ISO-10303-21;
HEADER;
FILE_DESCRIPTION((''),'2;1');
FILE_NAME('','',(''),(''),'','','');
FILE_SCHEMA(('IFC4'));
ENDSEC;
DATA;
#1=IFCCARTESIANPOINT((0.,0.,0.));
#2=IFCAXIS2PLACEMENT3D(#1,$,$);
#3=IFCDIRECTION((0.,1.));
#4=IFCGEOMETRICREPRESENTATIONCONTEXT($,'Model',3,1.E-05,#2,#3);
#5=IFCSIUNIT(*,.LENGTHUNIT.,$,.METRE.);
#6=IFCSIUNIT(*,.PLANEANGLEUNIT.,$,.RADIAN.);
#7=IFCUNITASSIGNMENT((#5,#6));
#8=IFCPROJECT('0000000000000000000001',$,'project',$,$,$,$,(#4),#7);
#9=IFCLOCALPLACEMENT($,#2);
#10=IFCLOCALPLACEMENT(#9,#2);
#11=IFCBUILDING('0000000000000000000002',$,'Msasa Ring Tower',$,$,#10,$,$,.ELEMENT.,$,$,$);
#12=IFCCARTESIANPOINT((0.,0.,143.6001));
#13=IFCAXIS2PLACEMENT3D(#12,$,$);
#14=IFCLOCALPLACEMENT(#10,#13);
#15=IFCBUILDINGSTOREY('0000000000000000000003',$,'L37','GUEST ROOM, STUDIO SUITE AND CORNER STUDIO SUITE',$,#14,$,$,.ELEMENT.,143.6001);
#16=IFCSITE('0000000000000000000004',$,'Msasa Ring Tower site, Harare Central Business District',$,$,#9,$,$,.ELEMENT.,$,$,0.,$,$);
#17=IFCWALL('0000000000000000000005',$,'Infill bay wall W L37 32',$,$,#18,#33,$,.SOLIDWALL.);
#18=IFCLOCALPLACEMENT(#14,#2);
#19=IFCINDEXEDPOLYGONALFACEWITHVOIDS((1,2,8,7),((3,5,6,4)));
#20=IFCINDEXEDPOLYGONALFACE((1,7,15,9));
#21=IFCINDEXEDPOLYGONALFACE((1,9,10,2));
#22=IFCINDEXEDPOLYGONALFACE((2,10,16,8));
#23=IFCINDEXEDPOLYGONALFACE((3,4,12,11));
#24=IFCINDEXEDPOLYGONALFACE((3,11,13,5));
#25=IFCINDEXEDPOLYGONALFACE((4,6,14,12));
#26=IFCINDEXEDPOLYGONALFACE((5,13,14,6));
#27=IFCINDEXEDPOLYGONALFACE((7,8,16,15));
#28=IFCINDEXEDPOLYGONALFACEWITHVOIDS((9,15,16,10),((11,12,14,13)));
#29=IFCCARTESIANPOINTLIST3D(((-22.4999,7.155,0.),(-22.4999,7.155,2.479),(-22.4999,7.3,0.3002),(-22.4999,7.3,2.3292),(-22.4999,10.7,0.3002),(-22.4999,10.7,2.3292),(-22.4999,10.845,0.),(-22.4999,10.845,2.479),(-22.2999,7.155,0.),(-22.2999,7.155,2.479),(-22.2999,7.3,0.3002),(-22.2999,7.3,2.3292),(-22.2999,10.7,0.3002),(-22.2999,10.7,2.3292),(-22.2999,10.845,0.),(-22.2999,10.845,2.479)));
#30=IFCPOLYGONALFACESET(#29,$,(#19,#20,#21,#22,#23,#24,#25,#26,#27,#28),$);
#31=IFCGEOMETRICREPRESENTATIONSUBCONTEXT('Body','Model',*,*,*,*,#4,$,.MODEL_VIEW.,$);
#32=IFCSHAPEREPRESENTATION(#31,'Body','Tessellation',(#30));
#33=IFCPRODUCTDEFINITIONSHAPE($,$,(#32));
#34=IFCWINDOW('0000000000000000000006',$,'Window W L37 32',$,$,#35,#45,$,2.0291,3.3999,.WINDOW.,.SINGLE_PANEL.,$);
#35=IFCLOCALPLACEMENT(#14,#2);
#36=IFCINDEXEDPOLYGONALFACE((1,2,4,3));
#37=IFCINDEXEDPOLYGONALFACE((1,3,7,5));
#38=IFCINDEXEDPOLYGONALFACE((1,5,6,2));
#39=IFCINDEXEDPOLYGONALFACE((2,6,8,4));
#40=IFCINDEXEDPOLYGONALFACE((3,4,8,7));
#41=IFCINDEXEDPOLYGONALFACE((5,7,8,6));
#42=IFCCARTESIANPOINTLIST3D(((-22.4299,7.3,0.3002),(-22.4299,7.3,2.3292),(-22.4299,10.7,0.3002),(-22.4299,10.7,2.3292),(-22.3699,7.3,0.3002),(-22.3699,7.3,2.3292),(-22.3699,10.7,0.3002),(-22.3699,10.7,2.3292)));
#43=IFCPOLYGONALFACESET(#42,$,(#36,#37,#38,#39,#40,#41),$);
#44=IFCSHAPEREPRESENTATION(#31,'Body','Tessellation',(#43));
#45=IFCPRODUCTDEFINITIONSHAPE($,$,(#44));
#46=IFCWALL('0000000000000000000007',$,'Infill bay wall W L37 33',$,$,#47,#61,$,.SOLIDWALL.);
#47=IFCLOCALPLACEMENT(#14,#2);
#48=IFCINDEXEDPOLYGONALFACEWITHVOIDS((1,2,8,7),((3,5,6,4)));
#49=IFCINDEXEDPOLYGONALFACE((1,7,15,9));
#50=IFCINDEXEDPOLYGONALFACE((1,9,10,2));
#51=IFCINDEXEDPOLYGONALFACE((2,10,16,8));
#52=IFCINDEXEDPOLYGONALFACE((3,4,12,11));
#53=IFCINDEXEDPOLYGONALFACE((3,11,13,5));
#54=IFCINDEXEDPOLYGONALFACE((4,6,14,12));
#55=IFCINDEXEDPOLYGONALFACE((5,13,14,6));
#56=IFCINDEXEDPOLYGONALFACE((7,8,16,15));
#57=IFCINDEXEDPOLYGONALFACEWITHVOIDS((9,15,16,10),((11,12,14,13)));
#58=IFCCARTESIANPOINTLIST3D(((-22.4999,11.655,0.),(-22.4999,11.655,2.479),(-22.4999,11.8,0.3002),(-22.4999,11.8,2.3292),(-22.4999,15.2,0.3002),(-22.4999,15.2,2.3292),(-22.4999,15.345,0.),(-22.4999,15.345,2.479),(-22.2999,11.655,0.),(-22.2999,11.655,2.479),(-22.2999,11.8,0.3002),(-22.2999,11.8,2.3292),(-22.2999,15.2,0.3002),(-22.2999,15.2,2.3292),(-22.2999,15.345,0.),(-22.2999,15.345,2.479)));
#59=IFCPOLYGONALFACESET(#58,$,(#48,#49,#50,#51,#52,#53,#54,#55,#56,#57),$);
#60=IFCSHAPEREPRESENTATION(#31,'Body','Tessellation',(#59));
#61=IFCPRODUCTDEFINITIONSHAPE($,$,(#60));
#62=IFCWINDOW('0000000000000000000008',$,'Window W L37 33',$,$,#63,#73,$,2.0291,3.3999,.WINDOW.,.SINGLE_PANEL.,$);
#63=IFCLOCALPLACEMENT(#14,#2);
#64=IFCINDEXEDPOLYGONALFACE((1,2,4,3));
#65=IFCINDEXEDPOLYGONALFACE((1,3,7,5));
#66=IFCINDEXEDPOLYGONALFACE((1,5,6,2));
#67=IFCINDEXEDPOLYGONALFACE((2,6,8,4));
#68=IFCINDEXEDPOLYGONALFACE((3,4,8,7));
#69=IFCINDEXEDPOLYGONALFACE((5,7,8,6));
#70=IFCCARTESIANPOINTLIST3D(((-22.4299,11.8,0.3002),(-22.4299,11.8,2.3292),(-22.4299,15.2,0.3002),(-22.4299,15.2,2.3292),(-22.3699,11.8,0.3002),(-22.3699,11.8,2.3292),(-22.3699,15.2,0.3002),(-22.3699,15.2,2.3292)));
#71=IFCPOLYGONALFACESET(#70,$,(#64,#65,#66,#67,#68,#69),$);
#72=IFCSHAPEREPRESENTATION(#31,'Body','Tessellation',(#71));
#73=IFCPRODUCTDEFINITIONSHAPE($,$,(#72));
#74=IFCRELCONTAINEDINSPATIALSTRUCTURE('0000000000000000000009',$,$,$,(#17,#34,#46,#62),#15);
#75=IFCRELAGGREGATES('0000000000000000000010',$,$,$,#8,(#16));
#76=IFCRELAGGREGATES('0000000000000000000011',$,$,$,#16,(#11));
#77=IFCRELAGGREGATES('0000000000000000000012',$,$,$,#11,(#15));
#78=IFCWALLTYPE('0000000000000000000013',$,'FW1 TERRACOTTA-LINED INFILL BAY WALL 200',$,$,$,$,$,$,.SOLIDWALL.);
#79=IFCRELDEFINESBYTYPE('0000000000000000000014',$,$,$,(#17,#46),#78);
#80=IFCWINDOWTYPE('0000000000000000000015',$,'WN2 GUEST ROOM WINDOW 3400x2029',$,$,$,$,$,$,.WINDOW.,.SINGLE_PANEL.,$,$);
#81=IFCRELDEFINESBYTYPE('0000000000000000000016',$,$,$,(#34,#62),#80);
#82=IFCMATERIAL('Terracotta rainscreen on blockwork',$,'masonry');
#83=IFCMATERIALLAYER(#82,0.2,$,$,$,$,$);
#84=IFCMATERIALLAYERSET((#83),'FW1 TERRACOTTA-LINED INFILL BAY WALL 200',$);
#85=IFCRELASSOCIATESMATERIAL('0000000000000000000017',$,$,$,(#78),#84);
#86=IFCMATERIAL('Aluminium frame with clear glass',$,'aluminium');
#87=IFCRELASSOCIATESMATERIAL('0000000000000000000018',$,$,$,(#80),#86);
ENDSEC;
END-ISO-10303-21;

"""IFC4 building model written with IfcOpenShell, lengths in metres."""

from ifc_helpers import new_model, si_unit, direction, frame, frame_2d, origin, place, context, subcontext, project, spatial, rectangle, extrude, material, layer, layer_set, type_object, element, fill, save


model = new_model("IFC4")

# Units and contexts
model_context = context("Model", 3, precision=1e-05, world=origin(), true_north=direction((0.0, 1.0)))
body_context = subcontext(model_context, "Body", "Model", "MODEL_VIEW")
ifc_project = project(units=[si_unit("LENGTHUNIT", "METRE"), si_unit("PLANEANGLEUNIT", "RADIAN")], contexts=[model_context])

# Site, building, storey
site_placement = place(None, origin())
site = spatial("IfcSite", under=ifc_project, at=site_placement, Name="Msasa Ring Tower site, Harare Central Business District", CompositionType="ELEMENT", RefElevation=0.0)
building_placement = place(site_placement, origin())
building = spatial("IfcBuilding", under=site, at=building_placement, Name="Msasa Ring Tower", CompositionType="ELEMENT")
storey_placement = place(building_placement, frame((0.0, 0.0, 143.6001)))
storey = spatial("IfcBuildingStorey", under=building, at=storey_placement, Name="L37", Description="GUEST ROOM, STUDIO SUITE AND CORNER STUDIO SUITE", CompositionType="ELEMENT", Elevation=143.6001)

# Walls, openings, windows
ifc_material_1 = material(Name="Terracotta rainscreen on blockwork", Category="masonry")
ifc_layer_1 = layer(ifc_material_1, 0.2)
ifc_layer_set_1 = layer_set([ifc_layer_1], Name="FW1 TERRACOTTA-LINED INFILL BAY WALL 200")
wall_type_1 = type_object("IfcWallType", Name="FW1 TERRACOTTA-LINED INFILL BAY WALL 200", PredefinedType="SOLIDWALL", material=ifc_layer_set_1)
wall_1_placement = place(storey_placement, frame((-22.3999, 7.155, 0.0), z_axis=(0.0, 0.0, 1.0), x_axis=(0.0, 1.0, 0.0)))
wall_1 = element("IfcWall", 1, at=wall_1_placement, inside=storey, type_object=wall_type_1, Name="Infill bay wall W L37 32", PredefinedType="SOLIDWALL", context=body_context, shape_type="SweptSolid", body=[
    extrude(rectangle(XDim=3.6899, YDim=0.2, at=frame_2d((1.845, 0.0))), origin(), (0.0, 0.0, 1.0), 2.479),
])
opening_1_placement = place(wall_1_placement, frame((0.145, 0.0, 0.3)))
opening_1 = element("IfcOpeningElement", 2, at=opening_1_placement, cuts=wall_1, PredefinedType="OPENING", context=body_context, shape_type="SweptSolid", body=[
    extrude(rectangle(XDim=3.3999, YDim=2.0291, at=frame_2d((1.7, 1.0146))), frame((0.0, 0.1099, 0.0), z_axis=(0.0, -1.0, 0.0), x_axis=(1.0, 0.0, 0.0)), (0.0, 0.0, 1.0), 0.22),
])
ifc_material_2 = material(Name="Aluminium frame with clear glass", Category="aluminium")
window_type = type_object("IfcWindowType", Name="WN2 GUEST ROOM WINDOW 3400x2029", PartitioningType="SINGLE_PANEL", PredefinedType="WINDOW", material=ifc_material_2)
window_1_placement = place(opening_1_placement, origin())
window_1 = element("IfcWindow", 3, at=window_1_placement, inside=storey, type_object=window_type, Name="Window W L37 32", OverallHeight=2.0291, OverallWidth=3.3999, PartitioningType="SINGLE_PANEL", PredefinedType="WINDOW", context=body_context, shape_type="SweptSolid", body=[
    extrude(rectangle(XDim=3.3999, YDim=2.0291, at=frame_2d((1.7, 1.0146))), frame((0.0, 0.03, 0.0), z_axis=(0.0, -1.0, 0.0), x_axis=(1.0, 0.0, 0.0)), (0.0, 0.0, 1.0), 0.0601),
])
fill(opening_1, window_1)
wall_2_placement = place(storey_placement, frame((-22.3999, 11.655, 0.0), z_axis=(0.0, 0.0, 1.0), x_axis=(0.0, 1.0, 0.0)))
wall_2 = element("IfcWall", 4, at=wall_2_placement, inside=storey, type_object=wall_type_1, Name="Infill bay wall W L37 33", PredefinedType="SOLIDWALL", context=body_context, shape_type="SweptSolid", body=[
    extrude(rectangle(XDim=3.6899, YDim=0.2, at=frame_2d((1.845, 0.0))), origin(), (0.0, 0.0, 1.0), 2.479),
])
opening_2_placement = place(wall_2_placement, frame((0.145, 0.0, 0.3)))
opening_2 = element("IfcOpeningElement", 5, at=opening_2_placement, cuts=wall_2, PredefinedType="OPENING", context=body_context, shape_type="SweptSolid", body=[
    extrude(rectangle(XDim=3.3999, YDim=2.0291, at=frame_2d((1.7, 1.0146))), frame((0.0, 0.1099, 0.0), z_axis=(0.0, -1.0, 0.0), x_axis=(1.0, 0.0, 0.0)), (0.0, 0.0, 1.0), 0.22),
])
window_2_placement = place(opening_2_placement, origin())
window_2 = element("IfcWindow", 6, at=window_2_placement, inside=storey, type_object=window_type, Name="Window W L37 33", OverallHeight=2.0291, OverallWidth=3.3999, PartitioningType="SINGLE_PANEL", PredefinedType="WINDOW", context=body_context, shape_type="SweptSolid", body=[
    extrude(rectangle(XDim=3.3999, YDim=2.0291, at=frame_2d((1.7, 1.0146))), frame((0.0, 0.03, 0.0), z_axis=(0.0, -1.0, 0.0), x_axis=(1.0, 0.0, 0.0)), (0.0, 0.0, 1.0), 0.0601),
])
fill(opening_2, window_2)

save(model, "model.ifc")
